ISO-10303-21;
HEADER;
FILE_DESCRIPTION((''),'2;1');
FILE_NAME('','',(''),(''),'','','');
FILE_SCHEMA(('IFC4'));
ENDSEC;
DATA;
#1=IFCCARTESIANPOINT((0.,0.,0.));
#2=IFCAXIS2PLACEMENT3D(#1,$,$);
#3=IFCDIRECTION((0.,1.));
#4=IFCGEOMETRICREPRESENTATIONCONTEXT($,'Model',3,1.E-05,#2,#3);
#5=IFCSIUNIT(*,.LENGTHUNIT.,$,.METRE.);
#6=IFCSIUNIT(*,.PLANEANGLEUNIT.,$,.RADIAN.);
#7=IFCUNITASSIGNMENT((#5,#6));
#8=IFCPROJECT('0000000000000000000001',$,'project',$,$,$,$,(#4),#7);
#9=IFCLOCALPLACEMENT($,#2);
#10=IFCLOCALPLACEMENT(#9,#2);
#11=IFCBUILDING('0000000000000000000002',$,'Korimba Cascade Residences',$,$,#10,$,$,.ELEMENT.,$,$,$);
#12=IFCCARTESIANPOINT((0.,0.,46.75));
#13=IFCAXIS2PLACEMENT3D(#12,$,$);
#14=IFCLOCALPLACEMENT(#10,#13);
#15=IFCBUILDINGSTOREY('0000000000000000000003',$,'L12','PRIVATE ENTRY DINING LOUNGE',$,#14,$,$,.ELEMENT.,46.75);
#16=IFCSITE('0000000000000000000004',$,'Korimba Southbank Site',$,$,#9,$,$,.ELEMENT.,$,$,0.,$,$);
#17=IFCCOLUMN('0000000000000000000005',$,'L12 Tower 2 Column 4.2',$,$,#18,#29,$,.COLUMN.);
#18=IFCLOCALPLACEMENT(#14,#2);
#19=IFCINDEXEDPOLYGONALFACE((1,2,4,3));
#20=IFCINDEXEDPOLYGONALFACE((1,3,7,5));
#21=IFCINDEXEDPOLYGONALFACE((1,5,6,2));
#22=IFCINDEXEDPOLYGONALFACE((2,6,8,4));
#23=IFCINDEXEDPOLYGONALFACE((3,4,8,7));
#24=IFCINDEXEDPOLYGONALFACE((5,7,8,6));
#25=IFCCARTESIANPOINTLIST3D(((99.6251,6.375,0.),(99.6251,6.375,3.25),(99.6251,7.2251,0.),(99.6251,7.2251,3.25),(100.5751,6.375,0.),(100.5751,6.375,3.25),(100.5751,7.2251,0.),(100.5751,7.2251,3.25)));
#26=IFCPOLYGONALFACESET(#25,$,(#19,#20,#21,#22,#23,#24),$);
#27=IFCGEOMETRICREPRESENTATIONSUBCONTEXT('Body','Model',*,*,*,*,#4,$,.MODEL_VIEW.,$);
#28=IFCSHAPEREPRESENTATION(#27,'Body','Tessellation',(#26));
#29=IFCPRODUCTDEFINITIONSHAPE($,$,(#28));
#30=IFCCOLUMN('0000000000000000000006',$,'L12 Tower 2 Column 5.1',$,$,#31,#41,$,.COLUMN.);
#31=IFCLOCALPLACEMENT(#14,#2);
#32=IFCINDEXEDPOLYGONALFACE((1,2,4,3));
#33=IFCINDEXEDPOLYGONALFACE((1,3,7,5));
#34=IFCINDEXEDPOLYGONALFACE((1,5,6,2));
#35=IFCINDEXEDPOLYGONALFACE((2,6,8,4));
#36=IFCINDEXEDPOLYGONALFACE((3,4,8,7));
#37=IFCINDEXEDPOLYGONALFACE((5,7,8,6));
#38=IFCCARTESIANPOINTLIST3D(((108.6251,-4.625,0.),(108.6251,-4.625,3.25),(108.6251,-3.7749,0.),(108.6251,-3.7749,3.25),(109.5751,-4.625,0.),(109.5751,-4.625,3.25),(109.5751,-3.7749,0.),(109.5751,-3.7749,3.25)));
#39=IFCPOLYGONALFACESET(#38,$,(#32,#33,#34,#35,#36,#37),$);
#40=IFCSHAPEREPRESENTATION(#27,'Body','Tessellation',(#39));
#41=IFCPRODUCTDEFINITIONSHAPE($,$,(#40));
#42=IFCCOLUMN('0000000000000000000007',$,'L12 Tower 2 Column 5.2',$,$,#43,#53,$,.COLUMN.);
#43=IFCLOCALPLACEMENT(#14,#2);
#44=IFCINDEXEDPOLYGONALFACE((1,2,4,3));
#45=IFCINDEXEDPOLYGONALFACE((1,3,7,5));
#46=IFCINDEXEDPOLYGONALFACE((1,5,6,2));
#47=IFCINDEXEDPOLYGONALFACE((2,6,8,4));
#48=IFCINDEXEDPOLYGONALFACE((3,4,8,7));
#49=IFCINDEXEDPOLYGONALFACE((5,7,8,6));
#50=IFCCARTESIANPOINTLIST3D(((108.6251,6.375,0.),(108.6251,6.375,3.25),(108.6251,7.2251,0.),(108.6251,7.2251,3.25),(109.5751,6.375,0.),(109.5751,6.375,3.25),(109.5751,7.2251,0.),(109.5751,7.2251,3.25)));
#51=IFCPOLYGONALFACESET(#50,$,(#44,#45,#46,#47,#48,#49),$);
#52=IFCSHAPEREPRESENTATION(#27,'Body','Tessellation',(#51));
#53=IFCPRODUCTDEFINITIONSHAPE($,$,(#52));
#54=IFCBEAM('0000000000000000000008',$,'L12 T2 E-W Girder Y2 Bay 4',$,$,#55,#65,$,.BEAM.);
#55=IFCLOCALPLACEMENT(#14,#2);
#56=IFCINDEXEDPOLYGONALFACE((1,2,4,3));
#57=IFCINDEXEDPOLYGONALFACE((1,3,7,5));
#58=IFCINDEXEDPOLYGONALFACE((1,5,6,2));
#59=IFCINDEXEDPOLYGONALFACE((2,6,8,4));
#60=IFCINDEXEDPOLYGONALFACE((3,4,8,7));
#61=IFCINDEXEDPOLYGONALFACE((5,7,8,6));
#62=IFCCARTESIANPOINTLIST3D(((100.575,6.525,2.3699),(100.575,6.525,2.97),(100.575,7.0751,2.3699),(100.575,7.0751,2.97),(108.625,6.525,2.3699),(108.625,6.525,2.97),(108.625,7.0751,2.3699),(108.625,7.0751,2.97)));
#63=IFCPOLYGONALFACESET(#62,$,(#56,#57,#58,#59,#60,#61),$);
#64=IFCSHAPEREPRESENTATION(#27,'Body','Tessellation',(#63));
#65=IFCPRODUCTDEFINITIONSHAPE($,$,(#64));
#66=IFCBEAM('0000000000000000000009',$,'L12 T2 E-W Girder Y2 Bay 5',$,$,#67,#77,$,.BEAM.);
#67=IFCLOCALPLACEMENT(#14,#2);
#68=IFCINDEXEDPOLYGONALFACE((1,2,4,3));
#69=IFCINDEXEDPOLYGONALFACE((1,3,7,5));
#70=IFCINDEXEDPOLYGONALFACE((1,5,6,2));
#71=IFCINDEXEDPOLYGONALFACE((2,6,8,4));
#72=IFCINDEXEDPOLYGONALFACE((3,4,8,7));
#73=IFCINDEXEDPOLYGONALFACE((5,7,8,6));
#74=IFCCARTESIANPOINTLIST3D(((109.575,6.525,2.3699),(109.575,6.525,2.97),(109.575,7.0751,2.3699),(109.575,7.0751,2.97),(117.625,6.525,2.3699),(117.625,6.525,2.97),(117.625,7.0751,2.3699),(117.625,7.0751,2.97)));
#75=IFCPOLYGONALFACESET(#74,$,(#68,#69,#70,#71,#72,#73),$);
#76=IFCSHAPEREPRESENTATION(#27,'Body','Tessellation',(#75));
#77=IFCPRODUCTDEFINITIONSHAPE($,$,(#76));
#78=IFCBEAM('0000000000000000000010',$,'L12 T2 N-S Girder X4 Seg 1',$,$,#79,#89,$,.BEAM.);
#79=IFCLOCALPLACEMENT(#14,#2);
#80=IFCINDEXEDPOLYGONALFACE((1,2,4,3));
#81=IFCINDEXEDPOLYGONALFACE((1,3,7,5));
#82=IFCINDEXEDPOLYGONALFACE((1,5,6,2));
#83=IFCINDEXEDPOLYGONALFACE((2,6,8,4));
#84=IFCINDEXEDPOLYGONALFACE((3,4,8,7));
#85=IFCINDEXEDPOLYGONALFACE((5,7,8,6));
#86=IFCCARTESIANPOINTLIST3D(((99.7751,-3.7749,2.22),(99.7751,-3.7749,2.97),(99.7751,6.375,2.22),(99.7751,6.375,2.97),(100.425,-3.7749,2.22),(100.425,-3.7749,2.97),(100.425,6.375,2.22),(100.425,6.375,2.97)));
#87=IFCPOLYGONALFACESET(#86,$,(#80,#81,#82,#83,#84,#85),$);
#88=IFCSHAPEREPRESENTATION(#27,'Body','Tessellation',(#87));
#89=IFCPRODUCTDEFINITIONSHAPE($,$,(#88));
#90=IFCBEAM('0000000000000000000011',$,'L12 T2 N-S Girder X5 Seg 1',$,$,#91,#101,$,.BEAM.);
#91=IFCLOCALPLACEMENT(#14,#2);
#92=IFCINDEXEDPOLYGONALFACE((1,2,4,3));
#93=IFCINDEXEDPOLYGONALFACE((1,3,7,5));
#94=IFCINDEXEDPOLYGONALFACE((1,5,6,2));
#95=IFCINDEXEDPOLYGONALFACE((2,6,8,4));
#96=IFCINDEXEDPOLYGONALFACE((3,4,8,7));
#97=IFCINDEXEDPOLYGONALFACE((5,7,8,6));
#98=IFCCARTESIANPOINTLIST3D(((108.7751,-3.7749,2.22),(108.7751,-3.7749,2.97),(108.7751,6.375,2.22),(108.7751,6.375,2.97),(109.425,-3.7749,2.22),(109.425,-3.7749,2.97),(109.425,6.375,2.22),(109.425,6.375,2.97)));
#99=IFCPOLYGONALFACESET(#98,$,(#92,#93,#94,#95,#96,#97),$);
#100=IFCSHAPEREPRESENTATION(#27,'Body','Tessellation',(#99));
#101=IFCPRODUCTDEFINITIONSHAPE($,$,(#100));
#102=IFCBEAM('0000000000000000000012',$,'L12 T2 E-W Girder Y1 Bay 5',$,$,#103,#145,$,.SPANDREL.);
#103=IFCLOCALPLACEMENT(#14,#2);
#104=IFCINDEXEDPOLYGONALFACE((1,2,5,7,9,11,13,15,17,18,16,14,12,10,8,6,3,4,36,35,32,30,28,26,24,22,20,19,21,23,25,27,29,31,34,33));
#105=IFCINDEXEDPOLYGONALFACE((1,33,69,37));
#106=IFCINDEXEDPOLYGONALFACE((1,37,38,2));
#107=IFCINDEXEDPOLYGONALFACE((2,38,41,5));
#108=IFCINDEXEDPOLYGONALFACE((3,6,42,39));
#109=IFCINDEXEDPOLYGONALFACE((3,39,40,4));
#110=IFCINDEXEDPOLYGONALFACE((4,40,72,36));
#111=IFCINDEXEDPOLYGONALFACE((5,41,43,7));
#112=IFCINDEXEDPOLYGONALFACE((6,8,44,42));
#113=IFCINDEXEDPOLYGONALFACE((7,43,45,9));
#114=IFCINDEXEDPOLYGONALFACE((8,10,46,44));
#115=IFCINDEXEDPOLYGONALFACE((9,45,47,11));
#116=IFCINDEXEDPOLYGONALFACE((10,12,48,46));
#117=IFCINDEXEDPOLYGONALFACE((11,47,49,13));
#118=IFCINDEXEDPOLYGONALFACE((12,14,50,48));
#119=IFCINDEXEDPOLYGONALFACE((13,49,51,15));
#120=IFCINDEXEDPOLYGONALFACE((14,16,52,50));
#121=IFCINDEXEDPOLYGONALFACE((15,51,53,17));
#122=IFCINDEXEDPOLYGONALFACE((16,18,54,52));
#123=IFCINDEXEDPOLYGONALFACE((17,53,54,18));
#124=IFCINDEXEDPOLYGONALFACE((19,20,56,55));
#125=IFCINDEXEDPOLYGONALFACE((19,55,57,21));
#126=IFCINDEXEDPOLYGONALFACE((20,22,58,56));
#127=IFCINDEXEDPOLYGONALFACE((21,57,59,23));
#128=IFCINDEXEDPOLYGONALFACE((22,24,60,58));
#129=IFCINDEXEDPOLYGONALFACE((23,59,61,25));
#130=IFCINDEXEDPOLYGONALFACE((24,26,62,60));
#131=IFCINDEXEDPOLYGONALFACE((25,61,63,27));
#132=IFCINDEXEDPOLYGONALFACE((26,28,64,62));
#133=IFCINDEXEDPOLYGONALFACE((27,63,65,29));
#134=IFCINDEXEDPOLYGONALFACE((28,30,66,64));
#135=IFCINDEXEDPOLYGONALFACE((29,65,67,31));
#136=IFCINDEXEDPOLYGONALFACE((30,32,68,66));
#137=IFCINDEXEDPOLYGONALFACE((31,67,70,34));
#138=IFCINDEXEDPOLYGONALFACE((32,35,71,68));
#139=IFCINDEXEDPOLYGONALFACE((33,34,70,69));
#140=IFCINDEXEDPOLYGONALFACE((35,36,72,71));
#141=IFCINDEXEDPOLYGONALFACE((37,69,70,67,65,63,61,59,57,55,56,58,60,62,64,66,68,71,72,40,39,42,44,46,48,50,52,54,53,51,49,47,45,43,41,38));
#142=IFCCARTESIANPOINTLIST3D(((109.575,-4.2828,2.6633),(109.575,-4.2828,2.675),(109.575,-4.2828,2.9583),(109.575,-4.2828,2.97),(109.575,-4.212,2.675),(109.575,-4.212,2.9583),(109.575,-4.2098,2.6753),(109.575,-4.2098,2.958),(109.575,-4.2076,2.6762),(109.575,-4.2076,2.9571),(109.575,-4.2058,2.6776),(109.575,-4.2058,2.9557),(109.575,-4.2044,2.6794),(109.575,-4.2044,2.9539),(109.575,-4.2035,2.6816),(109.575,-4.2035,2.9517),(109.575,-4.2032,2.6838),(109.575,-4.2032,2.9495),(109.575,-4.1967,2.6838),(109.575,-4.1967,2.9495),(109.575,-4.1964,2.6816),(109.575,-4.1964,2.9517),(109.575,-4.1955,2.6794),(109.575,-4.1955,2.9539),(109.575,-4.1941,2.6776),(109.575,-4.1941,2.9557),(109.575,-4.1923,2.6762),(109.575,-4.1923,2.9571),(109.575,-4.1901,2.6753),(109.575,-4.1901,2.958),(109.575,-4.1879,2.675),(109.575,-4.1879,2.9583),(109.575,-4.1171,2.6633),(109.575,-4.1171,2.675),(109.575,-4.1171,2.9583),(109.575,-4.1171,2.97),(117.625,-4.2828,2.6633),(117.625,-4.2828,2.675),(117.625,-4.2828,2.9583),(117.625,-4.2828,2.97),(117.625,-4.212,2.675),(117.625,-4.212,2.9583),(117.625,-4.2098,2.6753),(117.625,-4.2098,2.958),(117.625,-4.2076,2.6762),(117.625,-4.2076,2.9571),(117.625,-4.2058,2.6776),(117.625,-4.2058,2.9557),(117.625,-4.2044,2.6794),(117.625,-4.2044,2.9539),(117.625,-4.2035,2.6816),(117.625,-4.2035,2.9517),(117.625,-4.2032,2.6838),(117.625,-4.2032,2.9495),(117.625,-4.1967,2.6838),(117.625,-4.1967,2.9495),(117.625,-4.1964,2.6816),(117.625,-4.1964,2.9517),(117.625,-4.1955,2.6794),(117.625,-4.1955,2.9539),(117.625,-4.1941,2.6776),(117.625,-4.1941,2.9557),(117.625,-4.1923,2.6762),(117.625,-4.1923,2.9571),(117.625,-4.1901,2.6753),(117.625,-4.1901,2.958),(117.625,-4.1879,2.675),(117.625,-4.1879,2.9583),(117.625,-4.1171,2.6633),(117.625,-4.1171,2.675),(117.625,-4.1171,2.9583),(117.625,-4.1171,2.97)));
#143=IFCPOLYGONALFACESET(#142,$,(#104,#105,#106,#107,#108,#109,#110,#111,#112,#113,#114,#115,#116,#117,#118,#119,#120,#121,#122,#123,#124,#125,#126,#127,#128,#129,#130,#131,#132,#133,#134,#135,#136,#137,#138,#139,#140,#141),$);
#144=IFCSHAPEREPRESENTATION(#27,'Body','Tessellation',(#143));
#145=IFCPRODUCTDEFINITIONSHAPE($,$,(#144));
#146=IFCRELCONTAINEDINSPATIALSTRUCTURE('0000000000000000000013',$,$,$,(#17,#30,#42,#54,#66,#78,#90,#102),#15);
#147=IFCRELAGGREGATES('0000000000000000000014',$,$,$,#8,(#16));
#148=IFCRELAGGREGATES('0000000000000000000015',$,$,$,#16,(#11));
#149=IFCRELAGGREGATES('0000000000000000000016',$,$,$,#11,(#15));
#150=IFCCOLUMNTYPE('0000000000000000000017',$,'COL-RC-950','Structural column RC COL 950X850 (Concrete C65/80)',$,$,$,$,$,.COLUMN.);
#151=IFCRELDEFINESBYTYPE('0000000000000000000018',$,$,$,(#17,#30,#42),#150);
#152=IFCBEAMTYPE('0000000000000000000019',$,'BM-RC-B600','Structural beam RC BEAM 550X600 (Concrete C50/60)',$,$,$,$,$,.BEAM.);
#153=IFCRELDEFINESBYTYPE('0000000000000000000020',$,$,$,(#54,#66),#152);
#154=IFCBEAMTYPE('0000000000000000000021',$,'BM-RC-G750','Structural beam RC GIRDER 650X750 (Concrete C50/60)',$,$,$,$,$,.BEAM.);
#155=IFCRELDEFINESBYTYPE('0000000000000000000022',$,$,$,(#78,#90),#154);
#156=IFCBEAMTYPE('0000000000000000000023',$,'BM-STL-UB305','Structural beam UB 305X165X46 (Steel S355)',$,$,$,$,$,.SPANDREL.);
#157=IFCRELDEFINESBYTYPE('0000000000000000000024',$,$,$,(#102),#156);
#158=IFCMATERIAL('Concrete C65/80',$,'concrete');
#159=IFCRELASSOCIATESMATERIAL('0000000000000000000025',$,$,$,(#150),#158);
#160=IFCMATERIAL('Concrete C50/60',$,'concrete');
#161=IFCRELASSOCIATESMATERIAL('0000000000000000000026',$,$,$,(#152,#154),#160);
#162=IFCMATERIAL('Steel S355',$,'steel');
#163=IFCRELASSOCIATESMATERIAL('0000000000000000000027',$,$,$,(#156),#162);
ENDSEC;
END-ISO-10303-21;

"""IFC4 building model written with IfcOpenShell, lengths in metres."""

from ifc_helpers import new_model, si_unit, direction, frame, origin, origin_2d, place, context, subcontext, project, spatial, rectangle, i_section, extrude, material, material_profile, profile_set, type_object, element, save


model = new_model("IFC4")

# Units and contexts
model_context = context("Model", 3, precision=1e-05, world=origin(), true_north=direction((0.0, 1.0)))
body_context = subcontext(model_context, "Body", "Model", "MODEL_VIEW")
ifc_project = project(units=[si_unit("LENGTHUNIT", "METRE"), si_unit("PLANEANGLEUNIT", "RADIAN")], contexts=[model_context])

# Site, building, storey
site_placement = place(None, origin())
site = spatial("IfcSite", under=ifc_project, at=site_placement, Name="Korimba Southbank Site", CompositionType="ELEMENT", RefElevation=0.0)
building_placement = place(site_placement, origin())
building = spatial("IfcBuilding", under=site, at=building_placement, Name="Korimba Cascade Residences", CompositionType="ELEMENT")
storey_placement = place(building_placement, frame((0.0, 0.0, 46.75)))
storey = spatial("IfcBuildingStorey", under=building, at=storey_placement, Name="L12", Description="PRIVATE ENTRY DINING LOUNGE", CompositionType="ELEMENT", Elevation=46.75)

# Columns
ifc_material_1 = material(Name="Concrete C65/80", Category="concrete")
ifc_material_profile_1 = material_profile(ifc_material_1, rectangle(XDim=0.95, YDim=0.8501, at=origin_2d()), Name="Concrete C65/80")
ifc_profile_set_1 = profile_set([ifc_material_profile_1], Name="Concrete C65/80")
column_type = type_object("IfcColumnType", Name="COL-RC-950", Description="Structural column RC COL 950X850 (Concrete C65/80)", PredefinedType="COLUMN", material=ifc_profile_set_1)
for number, where, z_axis, x_axis, name in (
    (1, (100.1001, 6.8, 0.0), (0.0, 0.0, 1.0), (1.0, 0.0, 0.0), "L12 Tower 2 Column 4.2"),
    (2, (109.1001, -4.2, 0.0), (0.0, 0.0, 1.0), (1.0, 0.0, 0.0), "L12 Tower 2 Column 5.1"),
    (3, (109.1001, 6.8, 0.0), (0.0, 0.0, 1.0), (1.0, 0.0, 0.0), "L12 Tower 2 Column 5.2"),
):
    element("IfcColumn", number, at=place(storey_placement, frame(where, z_axis=z_axis, x_axis=x_axis)), inside=storey, type_object=column_type, Name=name, PredefinedType="COLUMN", context=body_context, shape_type="SweptSolid", body=[
        extrude(rectangle(XDim=0.95, YDim=0.8501, at=origin_2d()), origin(), (0.0, 0.0, 1.0), 3.25),
    ])

# Beams
ifc_material_2 = material(Name="Concrete C50/60", Category="concrete")
ifc_material_profile_2 = material_profile(ifc_material_2, rectangle(XDim=0.55, YDim=0.6001, at=origin_2d()), Name="Concrete C50/60")
ifc_profile_set_2 = profile_set([ifc_material_profile_2], Name="Concrete C50/60")
beam_type_1 = type_object("IfcBeamType", Name="BM-RC-B600", Description="Structural beam RC BEAM 550X600 (Concrete C50/60)", PredefinedType="BEAM", material=ifc_profile_set_2)
for number, where, z_axis, x_axis, name in (
    (4, (100.575, 6.8, 2.6699), (1.0, 0.0, 0.0), (0.0, 1.0, 0.0), "L12 T2 E-W Girder Y2 Bay 4"),
    (5, (109.575, 6.8, 2.6699), (1.0, 0.0, 0.0), (0.0, 1.0, 0.0), "L12 T2 E-W Girder Y2 Bay 5"),
):
    element("IfcBeam", number, at=place(storey_placement, frame(where, z_axis=z_axis, x_axis=x_axis)), inside=storey, type_object=beam_type_1, Name=name, PredefinedType="BEAM", context=body_context, shape_type="SweptSolid", body=[
        extrude(rectangle(XDim=0.55, YDim=0.6001, at=origin_2d()), origin(), (0.0, 0.0, 1.0), 8.05),
    ])
ifc_material_profile_3 = material_profile(ifc_material_2, rectangle(XDim=0.6499, YDim=0.75, at=origin_2d()), Name="Concrete C50/60")
ifc_profile_set_3 = profile_set([ifc_material_profile_3], Name="Concrete C50/60")
beam_type_2 = type_object("IfcBeamType", Name="BM-RC-G750", Description="Structural beam RC GIRDER 650X750 (Concrete C50/60)", PredefinedType="BEAM", material=ifc_profile_set_3)
for number, where, z_axis, x_axis, name in (
    (6, (100.1001, -3.7749, 2.595), (0.0, 1.0, 0.0), (-1.0, 0.0, 0.0), "L12 T2 N-S Girder X4 Seg 1"),
    (7, (109.1001, -3.7749, 2.595), (0.0, 1.0, 0.0), (-1.0, 0.0, 0.0), "L12 T2 N-S Girder X5 Seg 1"),
):
    element("IfcBeam", number, at=place(storey_placement, frame(where, z_axis=z_axis, x_axis=x_axis)), inside=storey, type_object=beam_type_2, Name=name, PredefinedType="BEAM", context=body_context, shape_type="SweptSolid", body=[
        extrude(rectangle(XDim=0.6499, YDim=0.75, at=origin_2d()), origin(), (0.0, 0.0, 1.0), 10.1499),
    ])
ifc_material_3 = material(Name="Steel S355", Category="steel")
ifc_material_profile_4 = material_profile(ifc_material_3, i_section(OverallWidth=0.1658, OverallDepth=0.3066, WebThickness=0.0066, FlangeThickness=0.0117, FilletRadius=0.0088, at=origin_2d()), Name="Steel S355")
ifc_profile_set_4 = profile_set([ifc_material_profile_4], Name="Steel S355")
beam_type_3 = type_object("IfcBeamType", Name="BM-STL-UB305", Description="Structural beam UB 305X165X46 (Steel S355)", PredefinedType="SPANDREL", material=ifc_profile_set_4)
beam_placement = place(storey_placement, frame((109.575, -4.2, 2.8167), z_axis=(1.0, 0.0, 0.0), x_axis=(0.0, 1.0, 0.0)))
element("IfcBeam", 8, at=beam_placement, inside=storey, type_object=beam_type_3, Name="L12 T2 E-W Girder Y1 Bay 5", PredefinedType="SPANDREL", context=body_context, shape_type="SweptSolid", body=[
    extrude(i_section(OverallWidth=0.1658, OverallDepth=0.3066, WebThickness=0.0066, FlangeThickness=0.0117, FilletRadius=0.0088, at=origin_2d()), origin(), (0.0, 0.0, 1.0), 8.05),
])

save(model, "model.ifc")
